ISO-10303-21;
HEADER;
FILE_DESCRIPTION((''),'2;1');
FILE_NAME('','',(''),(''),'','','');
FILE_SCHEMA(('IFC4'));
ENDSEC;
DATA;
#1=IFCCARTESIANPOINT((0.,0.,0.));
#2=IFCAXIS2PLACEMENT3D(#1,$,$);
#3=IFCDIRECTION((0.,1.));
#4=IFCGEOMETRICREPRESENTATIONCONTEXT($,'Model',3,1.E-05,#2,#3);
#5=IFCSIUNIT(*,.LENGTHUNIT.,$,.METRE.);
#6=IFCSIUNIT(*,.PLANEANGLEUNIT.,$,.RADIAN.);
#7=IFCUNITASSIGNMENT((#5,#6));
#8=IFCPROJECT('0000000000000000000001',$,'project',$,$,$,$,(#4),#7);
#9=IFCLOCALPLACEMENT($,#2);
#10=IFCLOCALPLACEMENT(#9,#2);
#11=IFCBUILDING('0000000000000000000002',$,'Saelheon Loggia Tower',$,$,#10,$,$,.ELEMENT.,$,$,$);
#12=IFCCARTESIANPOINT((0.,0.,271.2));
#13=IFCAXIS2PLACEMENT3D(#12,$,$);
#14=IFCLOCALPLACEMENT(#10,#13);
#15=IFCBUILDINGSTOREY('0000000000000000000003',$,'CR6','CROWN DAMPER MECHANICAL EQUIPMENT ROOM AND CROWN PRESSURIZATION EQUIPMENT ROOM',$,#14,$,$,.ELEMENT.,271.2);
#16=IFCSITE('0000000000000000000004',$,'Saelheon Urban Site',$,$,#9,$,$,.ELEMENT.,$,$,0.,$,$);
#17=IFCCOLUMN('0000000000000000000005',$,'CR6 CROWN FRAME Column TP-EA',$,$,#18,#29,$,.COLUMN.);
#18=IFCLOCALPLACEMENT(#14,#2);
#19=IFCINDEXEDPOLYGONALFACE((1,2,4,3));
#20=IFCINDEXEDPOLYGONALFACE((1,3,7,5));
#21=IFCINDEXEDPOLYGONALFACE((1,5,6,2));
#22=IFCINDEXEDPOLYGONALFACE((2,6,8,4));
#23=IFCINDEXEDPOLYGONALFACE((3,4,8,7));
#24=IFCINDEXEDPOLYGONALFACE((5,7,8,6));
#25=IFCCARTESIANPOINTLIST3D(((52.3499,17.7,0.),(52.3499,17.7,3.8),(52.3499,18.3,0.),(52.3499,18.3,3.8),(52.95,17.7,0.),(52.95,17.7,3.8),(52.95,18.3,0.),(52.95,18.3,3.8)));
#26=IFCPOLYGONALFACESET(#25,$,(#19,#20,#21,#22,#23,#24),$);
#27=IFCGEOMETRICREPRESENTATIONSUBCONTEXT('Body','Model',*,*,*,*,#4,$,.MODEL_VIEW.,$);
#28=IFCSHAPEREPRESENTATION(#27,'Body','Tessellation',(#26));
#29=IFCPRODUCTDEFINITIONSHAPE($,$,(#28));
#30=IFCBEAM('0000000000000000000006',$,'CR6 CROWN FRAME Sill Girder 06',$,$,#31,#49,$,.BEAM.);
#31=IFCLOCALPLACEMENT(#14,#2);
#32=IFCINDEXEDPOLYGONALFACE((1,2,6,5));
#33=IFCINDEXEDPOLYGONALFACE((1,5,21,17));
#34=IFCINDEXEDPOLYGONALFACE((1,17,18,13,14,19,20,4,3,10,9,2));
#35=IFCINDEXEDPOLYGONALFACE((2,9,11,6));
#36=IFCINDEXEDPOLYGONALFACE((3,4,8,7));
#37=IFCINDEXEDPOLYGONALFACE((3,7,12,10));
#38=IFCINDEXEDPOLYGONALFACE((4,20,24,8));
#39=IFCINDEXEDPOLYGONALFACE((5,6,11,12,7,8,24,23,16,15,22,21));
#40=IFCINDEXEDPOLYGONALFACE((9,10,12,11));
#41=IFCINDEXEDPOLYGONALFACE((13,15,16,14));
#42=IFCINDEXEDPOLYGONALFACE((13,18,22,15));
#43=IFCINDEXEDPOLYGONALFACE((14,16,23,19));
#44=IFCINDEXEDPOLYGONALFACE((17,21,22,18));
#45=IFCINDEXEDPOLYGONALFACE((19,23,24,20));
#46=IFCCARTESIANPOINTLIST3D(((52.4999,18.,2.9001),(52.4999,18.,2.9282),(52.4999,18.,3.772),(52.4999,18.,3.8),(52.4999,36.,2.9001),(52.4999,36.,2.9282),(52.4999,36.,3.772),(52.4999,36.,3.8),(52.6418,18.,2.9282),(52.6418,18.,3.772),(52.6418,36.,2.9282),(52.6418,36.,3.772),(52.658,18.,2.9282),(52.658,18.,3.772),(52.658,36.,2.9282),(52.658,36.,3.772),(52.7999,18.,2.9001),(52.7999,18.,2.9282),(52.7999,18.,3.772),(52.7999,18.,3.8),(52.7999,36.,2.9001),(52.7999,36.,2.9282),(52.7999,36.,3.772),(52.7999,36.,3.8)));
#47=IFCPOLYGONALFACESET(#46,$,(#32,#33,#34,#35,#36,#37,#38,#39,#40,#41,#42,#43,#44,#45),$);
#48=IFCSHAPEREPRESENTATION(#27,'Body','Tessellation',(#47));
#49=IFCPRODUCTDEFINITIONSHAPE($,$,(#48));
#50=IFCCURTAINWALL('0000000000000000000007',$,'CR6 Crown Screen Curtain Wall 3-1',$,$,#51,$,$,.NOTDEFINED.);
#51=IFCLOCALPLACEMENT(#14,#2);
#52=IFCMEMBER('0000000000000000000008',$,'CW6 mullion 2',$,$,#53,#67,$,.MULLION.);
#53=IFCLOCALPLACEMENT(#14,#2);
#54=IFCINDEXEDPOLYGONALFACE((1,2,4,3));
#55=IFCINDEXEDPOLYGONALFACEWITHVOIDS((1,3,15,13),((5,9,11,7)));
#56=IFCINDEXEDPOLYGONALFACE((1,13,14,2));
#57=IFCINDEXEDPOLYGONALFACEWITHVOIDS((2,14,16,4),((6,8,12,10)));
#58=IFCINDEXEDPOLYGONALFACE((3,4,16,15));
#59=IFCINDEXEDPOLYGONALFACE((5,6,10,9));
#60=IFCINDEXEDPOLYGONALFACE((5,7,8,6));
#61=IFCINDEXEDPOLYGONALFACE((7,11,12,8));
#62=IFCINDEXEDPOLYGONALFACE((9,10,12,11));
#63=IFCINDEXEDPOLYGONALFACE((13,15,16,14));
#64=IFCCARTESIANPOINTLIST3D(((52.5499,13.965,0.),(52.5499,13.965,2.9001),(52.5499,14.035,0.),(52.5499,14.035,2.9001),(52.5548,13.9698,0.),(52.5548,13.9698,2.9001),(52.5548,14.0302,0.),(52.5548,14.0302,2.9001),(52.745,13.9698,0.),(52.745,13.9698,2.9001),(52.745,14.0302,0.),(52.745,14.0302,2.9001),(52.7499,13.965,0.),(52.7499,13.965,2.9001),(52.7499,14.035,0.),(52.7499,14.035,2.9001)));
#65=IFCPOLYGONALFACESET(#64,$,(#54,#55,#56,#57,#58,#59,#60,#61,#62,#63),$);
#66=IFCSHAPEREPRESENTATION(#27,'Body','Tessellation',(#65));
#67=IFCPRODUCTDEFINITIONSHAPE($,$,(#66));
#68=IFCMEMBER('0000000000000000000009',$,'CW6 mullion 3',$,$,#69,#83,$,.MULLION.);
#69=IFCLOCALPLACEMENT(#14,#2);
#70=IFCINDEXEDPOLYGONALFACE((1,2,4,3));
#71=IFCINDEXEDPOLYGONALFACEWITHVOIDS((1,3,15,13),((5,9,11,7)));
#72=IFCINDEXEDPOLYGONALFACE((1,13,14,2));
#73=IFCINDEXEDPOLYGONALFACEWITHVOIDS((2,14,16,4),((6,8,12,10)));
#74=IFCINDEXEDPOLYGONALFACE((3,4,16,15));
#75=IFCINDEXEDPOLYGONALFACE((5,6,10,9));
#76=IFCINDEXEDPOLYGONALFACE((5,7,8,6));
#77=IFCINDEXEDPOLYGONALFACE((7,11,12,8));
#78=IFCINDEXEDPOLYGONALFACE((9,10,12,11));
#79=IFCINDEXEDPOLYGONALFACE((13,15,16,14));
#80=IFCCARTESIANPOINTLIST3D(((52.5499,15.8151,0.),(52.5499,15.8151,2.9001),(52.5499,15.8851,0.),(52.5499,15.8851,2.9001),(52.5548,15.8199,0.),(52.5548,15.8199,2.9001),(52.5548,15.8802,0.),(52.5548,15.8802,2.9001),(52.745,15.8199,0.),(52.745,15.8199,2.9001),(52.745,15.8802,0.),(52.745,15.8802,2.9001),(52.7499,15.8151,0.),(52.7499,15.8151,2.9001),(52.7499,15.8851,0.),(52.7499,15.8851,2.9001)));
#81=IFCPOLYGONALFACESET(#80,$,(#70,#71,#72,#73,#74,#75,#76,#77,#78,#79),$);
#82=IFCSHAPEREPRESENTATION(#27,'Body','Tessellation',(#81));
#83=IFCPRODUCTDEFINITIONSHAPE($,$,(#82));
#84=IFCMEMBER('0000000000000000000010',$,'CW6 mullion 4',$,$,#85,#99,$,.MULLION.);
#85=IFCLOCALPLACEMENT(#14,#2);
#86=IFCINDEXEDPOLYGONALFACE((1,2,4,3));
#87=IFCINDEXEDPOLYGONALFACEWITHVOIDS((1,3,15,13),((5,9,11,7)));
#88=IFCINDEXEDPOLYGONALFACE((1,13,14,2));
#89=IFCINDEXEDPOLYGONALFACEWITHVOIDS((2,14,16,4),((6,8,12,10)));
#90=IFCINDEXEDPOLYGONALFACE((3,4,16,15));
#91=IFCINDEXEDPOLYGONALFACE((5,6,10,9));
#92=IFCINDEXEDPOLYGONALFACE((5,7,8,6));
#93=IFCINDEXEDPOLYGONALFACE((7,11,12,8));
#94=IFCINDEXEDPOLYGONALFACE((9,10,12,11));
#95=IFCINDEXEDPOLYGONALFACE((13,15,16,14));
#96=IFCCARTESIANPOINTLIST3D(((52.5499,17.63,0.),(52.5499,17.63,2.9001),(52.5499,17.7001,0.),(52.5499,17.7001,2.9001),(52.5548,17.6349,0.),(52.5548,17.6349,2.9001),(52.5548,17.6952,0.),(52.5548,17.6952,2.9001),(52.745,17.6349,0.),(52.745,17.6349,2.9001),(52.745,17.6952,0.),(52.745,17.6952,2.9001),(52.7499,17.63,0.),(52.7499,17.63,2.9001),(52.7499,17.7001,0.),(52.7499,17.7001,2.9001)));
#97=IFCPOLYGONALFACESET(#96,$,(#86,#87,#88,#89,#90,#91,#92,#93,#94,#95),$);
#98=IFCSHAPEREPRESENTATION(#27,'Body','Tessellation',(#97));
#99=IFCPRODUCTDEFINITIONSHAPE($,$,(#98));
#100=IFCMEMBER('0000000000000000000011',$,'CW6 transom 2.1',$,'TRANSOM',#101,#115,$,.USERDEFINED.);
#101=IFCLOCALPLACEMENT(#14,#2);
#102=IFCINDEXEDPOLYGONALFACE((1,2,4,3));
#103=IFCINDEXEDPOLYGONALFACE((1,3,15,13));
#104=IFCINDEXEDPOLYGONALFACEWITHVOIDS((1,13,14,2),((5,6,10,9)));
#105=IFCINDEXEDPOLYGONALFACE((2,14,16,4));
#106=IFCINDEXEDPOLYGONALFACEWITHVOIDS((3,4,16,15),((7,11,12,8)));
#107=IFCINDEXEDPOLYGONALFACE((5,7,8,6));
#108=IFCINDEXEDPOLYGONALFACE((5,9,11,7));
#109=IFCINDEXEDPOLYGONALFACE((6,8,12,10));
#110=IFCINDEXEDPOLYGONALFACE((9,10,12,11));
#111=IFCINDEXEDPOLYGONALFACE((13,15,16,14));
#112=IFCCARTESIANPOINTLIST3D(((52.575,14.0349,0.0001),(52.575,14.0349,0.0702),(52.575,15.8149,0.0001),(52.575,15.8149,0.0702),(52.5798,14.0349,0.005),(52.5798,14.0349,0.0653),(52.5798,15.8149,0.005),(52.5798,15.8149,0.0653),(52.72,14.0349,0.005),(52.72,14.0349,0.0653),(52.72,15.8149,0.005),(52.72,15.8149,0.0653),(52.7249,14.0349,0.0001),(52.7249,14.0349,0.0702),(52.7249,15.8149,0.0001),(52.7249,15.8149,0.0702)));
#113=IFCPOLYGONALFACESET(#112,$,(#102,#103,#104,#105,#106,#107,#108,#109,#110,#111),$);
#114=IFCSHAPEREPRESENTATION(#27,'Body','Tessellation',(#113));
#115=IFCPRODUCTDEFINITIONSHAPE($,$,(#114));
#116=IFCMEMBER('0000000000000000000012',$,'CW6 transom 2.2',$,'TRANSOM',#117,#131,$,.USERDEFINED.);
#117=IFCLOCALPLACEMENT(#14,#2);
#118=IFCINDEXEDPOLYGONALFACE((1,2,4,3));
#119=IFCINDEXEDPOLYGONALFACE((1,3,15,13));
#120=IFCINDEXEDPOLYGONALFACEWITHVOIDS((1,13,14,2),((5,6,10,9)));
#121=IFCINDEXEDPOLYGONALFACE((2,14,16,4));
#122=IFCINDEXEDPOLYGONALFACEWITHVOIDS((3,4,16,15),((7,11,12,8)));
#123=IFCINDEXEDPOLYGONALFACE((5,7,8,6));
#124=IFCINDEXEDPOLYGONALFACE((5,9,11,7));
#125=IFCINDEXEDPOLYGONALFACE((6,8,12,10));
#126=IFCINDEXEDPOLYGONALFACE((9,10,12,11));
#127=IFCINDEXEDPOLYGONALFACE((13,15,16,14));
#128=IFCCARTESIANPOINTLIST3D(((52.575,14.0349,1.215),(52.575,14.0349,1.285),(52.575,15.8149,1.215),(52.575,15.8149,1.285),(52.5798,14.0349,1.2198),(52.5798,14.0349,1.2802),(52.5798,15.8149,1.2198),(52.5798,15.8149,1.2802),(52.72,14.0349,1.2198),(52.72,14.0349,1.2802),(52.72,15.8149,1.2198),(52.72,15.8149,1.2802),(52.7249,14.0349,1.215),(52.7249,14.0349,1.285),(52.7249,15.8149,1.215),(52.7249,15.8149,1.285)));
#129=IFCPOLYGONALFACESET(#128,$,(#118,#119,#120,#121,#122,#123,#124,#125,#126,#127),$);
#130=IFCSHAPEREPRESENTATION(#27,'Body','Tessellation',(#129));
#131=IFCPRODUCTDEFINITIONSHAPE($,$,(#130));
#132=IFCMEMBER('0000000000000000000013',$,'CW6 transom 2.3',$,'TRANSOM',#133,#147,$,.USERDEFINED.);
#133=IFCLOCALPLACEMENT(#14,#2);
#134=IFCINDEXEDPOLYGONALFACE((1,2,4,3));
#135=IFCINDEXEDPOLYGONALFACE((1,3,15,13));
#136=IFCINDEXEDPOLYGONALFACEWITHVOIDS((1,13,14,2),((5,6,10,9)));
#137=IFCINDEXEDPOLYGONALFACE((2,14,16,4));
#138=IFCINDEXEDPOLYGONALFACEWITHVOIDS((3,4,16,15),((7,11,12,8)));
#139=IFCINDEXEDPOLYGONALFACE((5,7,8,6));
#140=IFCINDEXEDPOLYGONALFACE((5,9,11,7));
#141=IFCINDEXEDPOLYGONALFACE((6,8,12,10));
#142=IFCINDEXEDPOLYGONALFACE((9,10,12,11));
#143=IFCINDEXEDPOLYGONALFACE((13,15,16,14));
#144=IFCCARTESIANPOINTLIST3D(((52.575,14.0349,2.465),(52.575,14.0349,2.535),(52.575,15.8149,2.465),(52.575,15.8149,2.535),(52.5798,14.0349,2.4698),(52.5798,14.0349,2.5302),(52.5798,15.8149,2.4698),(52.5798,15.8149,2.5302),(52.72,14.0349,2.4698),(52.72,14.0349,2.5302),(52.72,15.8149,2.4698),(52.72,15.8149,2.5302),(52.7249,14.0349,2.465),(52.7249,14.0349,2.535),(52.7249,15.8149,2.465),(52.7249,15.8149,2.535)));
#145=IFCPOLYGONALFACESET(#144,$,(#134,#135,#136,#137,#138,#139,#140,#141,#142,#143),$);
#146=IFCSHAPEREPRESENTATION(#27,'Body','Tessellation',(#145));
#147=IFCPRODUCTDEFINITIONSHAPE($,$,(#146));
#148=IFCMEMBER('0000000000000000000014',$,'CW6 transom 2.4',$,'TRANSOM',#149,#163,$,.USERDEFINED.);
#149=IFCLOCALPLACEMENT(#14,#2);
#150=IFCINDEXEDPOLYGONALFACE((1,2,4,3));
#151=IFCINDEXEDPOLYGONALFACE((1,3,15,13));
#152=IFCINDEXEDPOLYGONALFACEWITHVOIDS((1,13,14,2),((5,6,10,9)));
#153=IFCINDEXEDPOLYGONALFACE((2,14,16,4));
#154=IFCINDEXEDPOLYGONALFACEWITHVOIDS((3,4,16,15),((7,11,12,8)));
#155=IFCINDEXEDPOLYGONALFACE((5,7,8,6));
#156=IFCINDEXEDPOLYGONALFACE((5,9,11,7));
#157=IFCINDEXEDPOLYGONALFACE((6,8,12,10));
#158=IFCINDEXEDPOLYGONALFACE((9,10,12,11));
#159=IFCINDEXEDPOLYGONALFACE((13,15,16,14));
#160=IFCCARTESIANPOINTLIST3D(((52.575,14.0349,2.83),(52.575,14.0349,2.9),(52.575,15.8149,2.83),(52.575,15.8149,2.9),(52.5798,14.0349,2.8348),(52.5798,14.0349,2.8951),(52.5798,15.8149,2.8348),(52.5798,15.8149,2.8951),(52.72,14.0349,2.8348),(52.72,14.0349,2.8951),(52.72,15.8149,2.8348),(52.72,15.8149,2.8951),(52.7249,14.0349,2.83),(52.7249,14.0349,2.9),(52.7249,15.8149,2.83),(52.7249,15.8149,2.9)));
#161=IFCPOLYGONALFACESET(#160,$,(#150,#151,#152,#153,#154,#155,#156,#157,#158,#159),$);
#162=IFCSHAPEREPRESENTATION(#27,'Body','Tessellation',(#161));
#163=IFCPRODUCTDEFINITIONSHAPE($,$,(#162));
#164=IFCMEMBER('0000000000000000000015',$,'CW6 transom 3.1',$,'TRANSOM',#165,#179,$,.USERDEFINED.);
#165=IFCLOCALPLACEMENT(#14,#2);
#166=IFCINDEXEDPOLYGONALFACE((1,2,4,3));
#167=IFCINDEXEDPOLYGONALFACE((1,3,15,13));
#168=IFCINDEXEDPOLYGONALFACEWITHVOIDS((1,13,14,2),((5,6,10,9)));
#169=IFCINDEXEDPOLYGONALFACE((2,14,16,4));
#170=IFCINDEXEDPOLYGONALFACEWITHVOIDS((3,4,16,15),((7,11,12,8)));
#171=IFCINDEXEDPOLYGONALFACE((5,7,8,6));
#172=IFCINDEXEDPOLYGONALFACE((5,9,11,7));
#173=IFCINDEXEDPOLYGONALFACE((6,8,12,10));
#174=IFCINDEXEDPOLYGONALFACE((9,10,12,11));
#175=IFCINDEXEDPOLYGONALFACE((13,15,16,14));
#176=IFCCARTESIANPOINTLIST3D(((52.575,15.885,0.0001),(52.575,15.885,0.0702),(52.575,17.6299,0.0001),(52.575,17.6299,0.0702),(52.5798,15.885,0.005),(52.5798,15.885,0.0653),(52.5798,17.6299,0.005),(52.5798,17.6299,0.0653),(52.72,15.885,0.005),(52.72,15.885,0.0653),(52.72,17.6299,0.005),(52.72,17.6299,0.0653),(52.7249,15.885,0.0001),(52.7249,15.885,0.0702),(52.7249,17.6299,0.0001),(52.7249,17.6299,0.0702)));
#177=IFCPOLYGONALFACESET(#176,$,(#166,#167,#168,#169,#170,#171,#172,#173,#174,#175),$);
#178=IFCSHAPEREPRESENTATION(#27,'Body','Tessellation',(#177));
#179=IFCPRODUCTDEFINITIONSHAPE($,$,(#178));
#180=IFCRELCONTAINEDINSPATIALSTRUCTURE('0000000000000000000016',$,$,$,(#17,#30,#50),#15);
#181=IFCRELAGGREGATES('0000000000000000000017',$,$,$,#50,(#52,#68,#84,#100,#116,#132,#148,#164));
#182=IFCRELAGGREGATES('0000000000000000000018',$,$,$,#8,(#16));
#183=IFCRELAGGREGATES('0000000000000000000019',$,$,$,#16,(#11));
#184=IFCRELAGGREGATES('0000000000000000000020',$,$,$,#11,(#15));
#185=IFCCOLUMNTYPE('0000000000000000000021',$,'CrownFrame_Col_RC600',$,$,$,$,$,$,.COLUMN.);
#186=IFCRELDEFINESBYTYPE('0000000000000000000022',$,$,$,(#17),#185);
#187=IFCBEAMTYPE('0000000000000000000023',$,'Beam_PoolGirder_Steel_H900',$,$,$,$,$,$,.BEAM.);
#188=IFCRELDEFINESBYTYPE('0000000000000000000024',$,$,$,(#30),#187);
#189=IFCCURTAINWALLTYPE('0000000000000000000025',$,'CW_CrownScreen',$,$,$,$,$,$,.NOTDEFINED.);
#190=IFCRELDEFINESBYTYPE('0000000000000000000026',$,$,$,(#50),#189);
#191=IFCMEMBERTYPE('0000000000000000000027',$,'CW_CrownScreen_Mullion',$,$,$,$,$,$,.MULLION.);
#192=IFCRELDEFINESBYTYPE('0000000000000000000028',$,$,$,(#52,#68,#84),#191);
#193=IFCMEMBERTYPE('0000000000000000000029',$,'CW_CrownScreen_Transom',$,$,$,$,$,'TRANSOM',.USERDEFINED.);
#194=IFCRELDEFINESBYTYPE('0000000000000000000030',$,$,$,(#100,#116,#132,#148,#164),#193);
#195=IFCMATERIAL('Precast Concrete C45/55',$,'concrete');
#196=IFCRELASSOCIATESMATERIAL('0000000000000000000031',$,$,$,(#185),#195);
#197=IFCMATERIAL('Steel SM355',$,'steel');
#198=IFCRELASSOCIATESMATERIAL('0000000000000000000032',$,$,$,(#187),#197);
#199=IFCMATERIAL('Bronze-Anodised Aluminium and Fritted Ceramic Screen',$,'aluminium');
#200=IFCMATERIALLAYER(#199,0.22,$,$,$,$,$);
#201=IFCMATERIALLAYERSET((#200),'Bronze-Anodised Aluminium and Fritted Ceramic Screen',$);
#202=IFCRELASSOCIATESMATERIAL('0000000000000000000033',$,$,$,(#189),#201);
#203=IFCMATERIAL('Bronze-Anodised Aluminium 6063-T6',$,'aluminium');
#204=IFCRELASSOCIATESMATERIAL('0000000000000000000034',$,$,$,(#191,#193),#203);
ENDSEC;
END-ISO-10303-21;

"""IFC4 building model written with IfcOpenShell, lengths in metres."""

from ifc_helpers import new_model, si_unit, direction, frame, origin, origin_2d, place, context, subcontext, project, spatial, rectangle, hollow_rectangle, i_section, extrude, source, transform, mapped, material, layer, layer_set, material_profile, profile_set, type_object, element, aggregate, save


model = new_model("IFC4")

# Units and contexts
model_context = context("Model", 3, precision=1e-05, world=origin(), true_north=direction((0.0, 1.0)))
body_context = subcontext(model_context, "Body", "Model", "MODEL_VIEW")
ifc_project = project(units=[si_unit("LENGTHUNIT", "METRE"), si_unit("PLANEANGLEUNIT", "RADIAN")], contexts=[model_context])

# Site, building, storey
site_placement = place(None, origin())
site = spatial("IfcSite", under=ifc_project, at=site_placement, Name="Saelheon Urban Site", CompositionType="ELEMENT", RefElevation=0.0)
building_placement = place(site_placement, origin())
building = spatial("IfcBuilding", under=site, at=building_placement, Name="Saelheon Loggia Tower", CompositionType="ELEMENT")
storey_placement = place(building_placement, frame((0.0, 0.0, 271.2)))
storey = spatial("IfcBuildingStorey", under=building, at=storey_placement, Name="CR6", Description="CROWN DAMPER MECHANICAL EQUIPMENT ROOM AND CROWN PRESSURIZATION EQUIPMENT ROOM", CompositionType="ELEMENT", Elevation=271.2)

# Column
ifc_material_1 = material(Name="Precast Concrete C45/55", Category="concrete")
ifc_material_profile_1 = material_profile(ifc_material_1, rectangle(XDim=0.6001, YDim=0.6001, at=origin_2d()), Name="RC-600x600")
ifc_profile_set_1 = profile_set([ifc_material_profile_1], Name="Precast Concrete C45/55")
column_type = type_object("IfcColumnType", Name="CrownFrame_Col_RC600", PredefinedType="COLUMN", material=ifc_profile_set_1)
shared_shape_1 = source(origin(), body_context, "Body", "SweptSolid", [
    extrude(rectangle(XDim=0.6001, YDim=0.6001, at=origin_2d()), origin(), (0.0, 0.0, 1.0), 3.8),
])
column_placement = place(storey_placement, frame((52.6499, 18.0, 0.0), z_axis=(0.0, 0.0, 1.0), x_axis=(1.0, 0.0, 0.0)))
element("IfcColumn", 1, at=column_placement, inside=storey, type_object=column_type, Name="CR6 CROWN FRAME Column TP-EA", PredefinedType="COLUMN", context=body_context, shape_type="MappedRepresentation", body=[
    mapped(shared_shape_1, transform((0.0, 0.0, 0.0), scale=1.0)),
])

# Beam
ifc_material_2 = material(Name="Steel SM355", Category="steel")
ifc_material_profile_2 = material_profile(ifc_material_2, i_section(OverallWidth=0.3, OverallDepth=0.8999, WebThickness=0.0161, FlangeThickness=0.0281, at=origin_2d()), Name="H-900x300x16x28")
ifc_profile_set_2 = profile_set([ifc_material_profile_2], Name="Steel SM355")
beam_type = type_object("IfcBeamType", Name="Beam_PoolGirder_Steel_H900", PredefinedType="BEAM", material=ifc_profile_set_2)
shared_shape_2 = source(origin(), body_context, "Body", "SweptSolid", [
    extrude(i_section(OverallWidth=0.3, OverallDepth=0.8999, WebThickness=0.0161, FlangeThickness=0.0281, at=origin_2d()), origin(), (0.0, 0.0, 1.0), 18.0),
])
beam_placement = place(storey_placement, frame((52.6499, 18.0, 3.3501), z_axis=(0.0, 1.0, 0.0), x_axis=(-1.0, 0.0, 0.0)))
element("IfcBeam", 2, at=beam_placement, inside=storey, type_object=beam_type, Name="CR6 CROWN FRAME Sill Girder 06", PredefinedType="BEAM", context=body_context, shape_type="MappedRepresentation", body=[
    mapped(shared_shape_2, transform((0.0, 0.0, 0.0), scale=1.0)),
])

# Curtain wall, members
ifc_material_3 = material(Name="Bronze-Anodised Aluminium and Fritted Ceramic Screen", Category="aluminium")
ifc_layer_1 = layer(ifc_material_3, 0.22)
ifc_layer_set_1 = layer_set([ifc_layer_1], Name="Bronze-Anodised Aluminium and Fritted Ceramic Screen")
curtain_wall_type = type_object("IfcCurtainWallType", Name="CW_CrownScreen", PredefinedType="NOTDEFINED", material=ifc_layer_set_1)
curtain_wall_placement = place(storey_placement, origin())
curtain_wall = element("IfcCurtainWall", 3, at=curtain_wall_placement, inside=storey, type_object=curtain_wall_type, Name="CR6 Crown Screen Curtain Wall 3-1", PredefinedType="NOTDEFINED")
ifc_material_4 = material(Name="Bronze-Anodised Aluminium 6063-T6", Category="aluminium")
ifc_material_profile_3 = material_profile(ifc_material_4, hollow_rectangle(XDim=0.0701, YDim=0.2, WallThickness=0.0049, at=origin_2d()), Name="RHS-200x70x5")
ifc_profile_set_3 = profile_set([ifc_material_profile_3], Name="Bronze-Anodised Aluminium 6063-T6")
member_type_1 = type_object("IfcMemberType", Name="CW_CrownScreen_Mullion", PredefinedType="MULLION", material=ifc_profile_set_3)
shared_shape_3 = source(origin(), body_context, "Body", "SweptSolid", [
    extrude(hollow_rectangle(XDim=0.0701, YDim=0.2, WallThickness=0.0049, at=origin_2d()), origin(), (0.0, 0.0, 1.0), 2.9001),
])
member_1_placement = place(storey_placement, frame((52.6499, 14.0, 0.0), z_axis=(0.0, 0.0, 1.0), x_axis=(0.0, 1.0, 0.0)))
member_1 = element("IfcMember", 4, at=member_1_placement, type_object=member_type_1, Name="CW6 mullion 2", PredefinedType="MULLION", context=body_context, shape_type="MappedRepresentation", body=[
    mapped(shared_shape_3, transform((0.0, 0.0, 0.0), scale=1.0)),
])
member_2_placement = place(storey_placement, frame((52.6499, 15.8501, 0.0), z_axis=(0.0, 0.0, 1.0), x_axis=(0.0, 1.0, 0.0)))
member_2 = element("IfcMember", 5, at=member_2_placement, type_object=member_type_1, Name="CW6 mullion 3", PredefinedType="MULLION", context=body_context, shape_type="MappedRepresentation", body=[
    mapped(shared_shape_3, transform((0.0, 0.0, 0.0), scale=1.0)),
])
member_3_placement = place(storey_placement, frame((52.6499, 17.665, 0.0), z_axis=(0.0, 0.0, 1.0), x_axis=(0.0, 1.0, 0.0)))
member_3 = element("IfcMember", 6, at=member_3_placement, type_object=member_type_1, Name="CW6 mullion 4", PredefinedType="MULLION", context=body_context, shape_type="MappedRepresentation", body=[
    mapped(shared_shape_3, transform((0.0, 0.0, 0.0), scale=1.0)),
])
ifc_material_profile_4 = material_profile(ifc_material_4, hollow_rectangle(XDim=0.0701, YDim=0.1499, WallThickness=0.0049, at=origin_2d()), Name="RHS-150x70x5")
ifc_profile_set_4 = profile_set([ifc_material_profile_4], Name="Bronze-Anodised Aluminium 6063-T6")
member_type_2 = type_object("IfcMemberType", Name="CW_CrownScreen_Transom", ElementType="TRANSOM", PredefinedType="USERDEFINED", material=ifc_profile_set_4)
shared_shape_4 = source(origin(), body_context, "Body", "SweptSolid", [
    extrude(hollow_rectangle(XDim=0.0701, YDim=0.1499, WallThickness=0.0049, at=origin_2d()), origin(), (0.0, 0.0, 1.0), 1.78),
])
member_4_placement = place(storey_placement, frame((52.6499, 14.0349, 0.0352), z_axis=(0.0, 1.0, 0.0), x_axis=(0.0, 0.0, 1.0)))
member_4 = element("IfcMember", 7, at=member_4_placement, type_object=member_type_2, Name="CW6 transom 2.1", ObjectType="TRANSOM", PredefinedType="USERDEFINED", context=body_context, shape_type="MappedRepresentation", body=[
    mapped(shared_shape_4, transform((0.0, 0.0, 0.0), scale=1.0)),
])
member_5_placement = place(storey_placement, frame((52.6499, 14.0349, 1.25), z_axis=(0.0, 1.0, 0.0), x_axis=(0.0, 0.0, 1.0)))
member_5 = element("IfcMember", 8, at=member_5_placement, type_object=member_type_2, Name="CW6 transom 2.2", ObjectType="TRANSOM", PredefinedType="USERDEFINED", context=body_context, shape_type="MappedRepresentation", body=[
    mapped(shared_shape_4, transform((0.0, 0.0, 0.0), scale=1.0)),
])
member_6_placement = place(storey_placement, frame((52.6499, 14.0349, 2.5), z_axis=(0.0, 1.0, 0.0), x_axis=(0.0, 0.0, 1.0)))
member_6 = element("IfcMember", 9, at=member_6_placement, type_object=member_type_2, Name="CW6 transom 2.3", ObjectType="TRANSOM", PredefinedType="USERDEFINED", context=body_context, shape_type="MappedRepresentation", body=[
    mapped(shared_shape_4, transform((0.0, 0.0, 0.0), scale=1.0)),
])
member_7_placement = place(storey_placement, frame((52.6499, 14.0349, 2.865), z_axis=(0.0, 1.0, 0.0), x_axis=(0.0, 0.0, 1.0)))
member_7 = element("IfcMember", 10, at=member_7_placement, type_object=member_type_2, Name="CW6 transom 2.4", ObjectType="TRANSOM", PredefinedType="USERDEFINED", context=body_context, shape_type="MappedRepresentation", body=[
    mapped(shared_shape_4, transform((0.0, 0.0, 0.0), scale=1.0)),
])
shared_shape_5 = source(origin(), body_context, "Body", "SweptSolid", [
    extrude(hollow_rectangle(XDim=0.0701, YDim=0.1499, WallThickness=0.0049, at=origin_2d()), origin(), (0.0, 0.0, 1.0), 1.7449),
])
member_8_placement = place(storey_placement, frame((52.6499, 15.885, 0.0352), z_axis=(0.0, 1.0, 0.0), x_axis=(0.0, 0.0, 1.0)))
member_8 = element("IfcMember", 11, at=member_8_placement, type_object=member_type_2, Name="CW6 transom 3.1", ObjectType="TRANSOM", PredefinedType="USERDEFINED", context=body_context, shape_type="MappedRepresentation", body=[
    mapped(shared_shape_5, transform((0.0, 0.0, 0.0), scale=1.0)),
])
aggregate(curtain_wall, [member_1, member_2, member_3, member_4, member_5, member_6, member_7, member_8])

save(model, "model.ifc")
